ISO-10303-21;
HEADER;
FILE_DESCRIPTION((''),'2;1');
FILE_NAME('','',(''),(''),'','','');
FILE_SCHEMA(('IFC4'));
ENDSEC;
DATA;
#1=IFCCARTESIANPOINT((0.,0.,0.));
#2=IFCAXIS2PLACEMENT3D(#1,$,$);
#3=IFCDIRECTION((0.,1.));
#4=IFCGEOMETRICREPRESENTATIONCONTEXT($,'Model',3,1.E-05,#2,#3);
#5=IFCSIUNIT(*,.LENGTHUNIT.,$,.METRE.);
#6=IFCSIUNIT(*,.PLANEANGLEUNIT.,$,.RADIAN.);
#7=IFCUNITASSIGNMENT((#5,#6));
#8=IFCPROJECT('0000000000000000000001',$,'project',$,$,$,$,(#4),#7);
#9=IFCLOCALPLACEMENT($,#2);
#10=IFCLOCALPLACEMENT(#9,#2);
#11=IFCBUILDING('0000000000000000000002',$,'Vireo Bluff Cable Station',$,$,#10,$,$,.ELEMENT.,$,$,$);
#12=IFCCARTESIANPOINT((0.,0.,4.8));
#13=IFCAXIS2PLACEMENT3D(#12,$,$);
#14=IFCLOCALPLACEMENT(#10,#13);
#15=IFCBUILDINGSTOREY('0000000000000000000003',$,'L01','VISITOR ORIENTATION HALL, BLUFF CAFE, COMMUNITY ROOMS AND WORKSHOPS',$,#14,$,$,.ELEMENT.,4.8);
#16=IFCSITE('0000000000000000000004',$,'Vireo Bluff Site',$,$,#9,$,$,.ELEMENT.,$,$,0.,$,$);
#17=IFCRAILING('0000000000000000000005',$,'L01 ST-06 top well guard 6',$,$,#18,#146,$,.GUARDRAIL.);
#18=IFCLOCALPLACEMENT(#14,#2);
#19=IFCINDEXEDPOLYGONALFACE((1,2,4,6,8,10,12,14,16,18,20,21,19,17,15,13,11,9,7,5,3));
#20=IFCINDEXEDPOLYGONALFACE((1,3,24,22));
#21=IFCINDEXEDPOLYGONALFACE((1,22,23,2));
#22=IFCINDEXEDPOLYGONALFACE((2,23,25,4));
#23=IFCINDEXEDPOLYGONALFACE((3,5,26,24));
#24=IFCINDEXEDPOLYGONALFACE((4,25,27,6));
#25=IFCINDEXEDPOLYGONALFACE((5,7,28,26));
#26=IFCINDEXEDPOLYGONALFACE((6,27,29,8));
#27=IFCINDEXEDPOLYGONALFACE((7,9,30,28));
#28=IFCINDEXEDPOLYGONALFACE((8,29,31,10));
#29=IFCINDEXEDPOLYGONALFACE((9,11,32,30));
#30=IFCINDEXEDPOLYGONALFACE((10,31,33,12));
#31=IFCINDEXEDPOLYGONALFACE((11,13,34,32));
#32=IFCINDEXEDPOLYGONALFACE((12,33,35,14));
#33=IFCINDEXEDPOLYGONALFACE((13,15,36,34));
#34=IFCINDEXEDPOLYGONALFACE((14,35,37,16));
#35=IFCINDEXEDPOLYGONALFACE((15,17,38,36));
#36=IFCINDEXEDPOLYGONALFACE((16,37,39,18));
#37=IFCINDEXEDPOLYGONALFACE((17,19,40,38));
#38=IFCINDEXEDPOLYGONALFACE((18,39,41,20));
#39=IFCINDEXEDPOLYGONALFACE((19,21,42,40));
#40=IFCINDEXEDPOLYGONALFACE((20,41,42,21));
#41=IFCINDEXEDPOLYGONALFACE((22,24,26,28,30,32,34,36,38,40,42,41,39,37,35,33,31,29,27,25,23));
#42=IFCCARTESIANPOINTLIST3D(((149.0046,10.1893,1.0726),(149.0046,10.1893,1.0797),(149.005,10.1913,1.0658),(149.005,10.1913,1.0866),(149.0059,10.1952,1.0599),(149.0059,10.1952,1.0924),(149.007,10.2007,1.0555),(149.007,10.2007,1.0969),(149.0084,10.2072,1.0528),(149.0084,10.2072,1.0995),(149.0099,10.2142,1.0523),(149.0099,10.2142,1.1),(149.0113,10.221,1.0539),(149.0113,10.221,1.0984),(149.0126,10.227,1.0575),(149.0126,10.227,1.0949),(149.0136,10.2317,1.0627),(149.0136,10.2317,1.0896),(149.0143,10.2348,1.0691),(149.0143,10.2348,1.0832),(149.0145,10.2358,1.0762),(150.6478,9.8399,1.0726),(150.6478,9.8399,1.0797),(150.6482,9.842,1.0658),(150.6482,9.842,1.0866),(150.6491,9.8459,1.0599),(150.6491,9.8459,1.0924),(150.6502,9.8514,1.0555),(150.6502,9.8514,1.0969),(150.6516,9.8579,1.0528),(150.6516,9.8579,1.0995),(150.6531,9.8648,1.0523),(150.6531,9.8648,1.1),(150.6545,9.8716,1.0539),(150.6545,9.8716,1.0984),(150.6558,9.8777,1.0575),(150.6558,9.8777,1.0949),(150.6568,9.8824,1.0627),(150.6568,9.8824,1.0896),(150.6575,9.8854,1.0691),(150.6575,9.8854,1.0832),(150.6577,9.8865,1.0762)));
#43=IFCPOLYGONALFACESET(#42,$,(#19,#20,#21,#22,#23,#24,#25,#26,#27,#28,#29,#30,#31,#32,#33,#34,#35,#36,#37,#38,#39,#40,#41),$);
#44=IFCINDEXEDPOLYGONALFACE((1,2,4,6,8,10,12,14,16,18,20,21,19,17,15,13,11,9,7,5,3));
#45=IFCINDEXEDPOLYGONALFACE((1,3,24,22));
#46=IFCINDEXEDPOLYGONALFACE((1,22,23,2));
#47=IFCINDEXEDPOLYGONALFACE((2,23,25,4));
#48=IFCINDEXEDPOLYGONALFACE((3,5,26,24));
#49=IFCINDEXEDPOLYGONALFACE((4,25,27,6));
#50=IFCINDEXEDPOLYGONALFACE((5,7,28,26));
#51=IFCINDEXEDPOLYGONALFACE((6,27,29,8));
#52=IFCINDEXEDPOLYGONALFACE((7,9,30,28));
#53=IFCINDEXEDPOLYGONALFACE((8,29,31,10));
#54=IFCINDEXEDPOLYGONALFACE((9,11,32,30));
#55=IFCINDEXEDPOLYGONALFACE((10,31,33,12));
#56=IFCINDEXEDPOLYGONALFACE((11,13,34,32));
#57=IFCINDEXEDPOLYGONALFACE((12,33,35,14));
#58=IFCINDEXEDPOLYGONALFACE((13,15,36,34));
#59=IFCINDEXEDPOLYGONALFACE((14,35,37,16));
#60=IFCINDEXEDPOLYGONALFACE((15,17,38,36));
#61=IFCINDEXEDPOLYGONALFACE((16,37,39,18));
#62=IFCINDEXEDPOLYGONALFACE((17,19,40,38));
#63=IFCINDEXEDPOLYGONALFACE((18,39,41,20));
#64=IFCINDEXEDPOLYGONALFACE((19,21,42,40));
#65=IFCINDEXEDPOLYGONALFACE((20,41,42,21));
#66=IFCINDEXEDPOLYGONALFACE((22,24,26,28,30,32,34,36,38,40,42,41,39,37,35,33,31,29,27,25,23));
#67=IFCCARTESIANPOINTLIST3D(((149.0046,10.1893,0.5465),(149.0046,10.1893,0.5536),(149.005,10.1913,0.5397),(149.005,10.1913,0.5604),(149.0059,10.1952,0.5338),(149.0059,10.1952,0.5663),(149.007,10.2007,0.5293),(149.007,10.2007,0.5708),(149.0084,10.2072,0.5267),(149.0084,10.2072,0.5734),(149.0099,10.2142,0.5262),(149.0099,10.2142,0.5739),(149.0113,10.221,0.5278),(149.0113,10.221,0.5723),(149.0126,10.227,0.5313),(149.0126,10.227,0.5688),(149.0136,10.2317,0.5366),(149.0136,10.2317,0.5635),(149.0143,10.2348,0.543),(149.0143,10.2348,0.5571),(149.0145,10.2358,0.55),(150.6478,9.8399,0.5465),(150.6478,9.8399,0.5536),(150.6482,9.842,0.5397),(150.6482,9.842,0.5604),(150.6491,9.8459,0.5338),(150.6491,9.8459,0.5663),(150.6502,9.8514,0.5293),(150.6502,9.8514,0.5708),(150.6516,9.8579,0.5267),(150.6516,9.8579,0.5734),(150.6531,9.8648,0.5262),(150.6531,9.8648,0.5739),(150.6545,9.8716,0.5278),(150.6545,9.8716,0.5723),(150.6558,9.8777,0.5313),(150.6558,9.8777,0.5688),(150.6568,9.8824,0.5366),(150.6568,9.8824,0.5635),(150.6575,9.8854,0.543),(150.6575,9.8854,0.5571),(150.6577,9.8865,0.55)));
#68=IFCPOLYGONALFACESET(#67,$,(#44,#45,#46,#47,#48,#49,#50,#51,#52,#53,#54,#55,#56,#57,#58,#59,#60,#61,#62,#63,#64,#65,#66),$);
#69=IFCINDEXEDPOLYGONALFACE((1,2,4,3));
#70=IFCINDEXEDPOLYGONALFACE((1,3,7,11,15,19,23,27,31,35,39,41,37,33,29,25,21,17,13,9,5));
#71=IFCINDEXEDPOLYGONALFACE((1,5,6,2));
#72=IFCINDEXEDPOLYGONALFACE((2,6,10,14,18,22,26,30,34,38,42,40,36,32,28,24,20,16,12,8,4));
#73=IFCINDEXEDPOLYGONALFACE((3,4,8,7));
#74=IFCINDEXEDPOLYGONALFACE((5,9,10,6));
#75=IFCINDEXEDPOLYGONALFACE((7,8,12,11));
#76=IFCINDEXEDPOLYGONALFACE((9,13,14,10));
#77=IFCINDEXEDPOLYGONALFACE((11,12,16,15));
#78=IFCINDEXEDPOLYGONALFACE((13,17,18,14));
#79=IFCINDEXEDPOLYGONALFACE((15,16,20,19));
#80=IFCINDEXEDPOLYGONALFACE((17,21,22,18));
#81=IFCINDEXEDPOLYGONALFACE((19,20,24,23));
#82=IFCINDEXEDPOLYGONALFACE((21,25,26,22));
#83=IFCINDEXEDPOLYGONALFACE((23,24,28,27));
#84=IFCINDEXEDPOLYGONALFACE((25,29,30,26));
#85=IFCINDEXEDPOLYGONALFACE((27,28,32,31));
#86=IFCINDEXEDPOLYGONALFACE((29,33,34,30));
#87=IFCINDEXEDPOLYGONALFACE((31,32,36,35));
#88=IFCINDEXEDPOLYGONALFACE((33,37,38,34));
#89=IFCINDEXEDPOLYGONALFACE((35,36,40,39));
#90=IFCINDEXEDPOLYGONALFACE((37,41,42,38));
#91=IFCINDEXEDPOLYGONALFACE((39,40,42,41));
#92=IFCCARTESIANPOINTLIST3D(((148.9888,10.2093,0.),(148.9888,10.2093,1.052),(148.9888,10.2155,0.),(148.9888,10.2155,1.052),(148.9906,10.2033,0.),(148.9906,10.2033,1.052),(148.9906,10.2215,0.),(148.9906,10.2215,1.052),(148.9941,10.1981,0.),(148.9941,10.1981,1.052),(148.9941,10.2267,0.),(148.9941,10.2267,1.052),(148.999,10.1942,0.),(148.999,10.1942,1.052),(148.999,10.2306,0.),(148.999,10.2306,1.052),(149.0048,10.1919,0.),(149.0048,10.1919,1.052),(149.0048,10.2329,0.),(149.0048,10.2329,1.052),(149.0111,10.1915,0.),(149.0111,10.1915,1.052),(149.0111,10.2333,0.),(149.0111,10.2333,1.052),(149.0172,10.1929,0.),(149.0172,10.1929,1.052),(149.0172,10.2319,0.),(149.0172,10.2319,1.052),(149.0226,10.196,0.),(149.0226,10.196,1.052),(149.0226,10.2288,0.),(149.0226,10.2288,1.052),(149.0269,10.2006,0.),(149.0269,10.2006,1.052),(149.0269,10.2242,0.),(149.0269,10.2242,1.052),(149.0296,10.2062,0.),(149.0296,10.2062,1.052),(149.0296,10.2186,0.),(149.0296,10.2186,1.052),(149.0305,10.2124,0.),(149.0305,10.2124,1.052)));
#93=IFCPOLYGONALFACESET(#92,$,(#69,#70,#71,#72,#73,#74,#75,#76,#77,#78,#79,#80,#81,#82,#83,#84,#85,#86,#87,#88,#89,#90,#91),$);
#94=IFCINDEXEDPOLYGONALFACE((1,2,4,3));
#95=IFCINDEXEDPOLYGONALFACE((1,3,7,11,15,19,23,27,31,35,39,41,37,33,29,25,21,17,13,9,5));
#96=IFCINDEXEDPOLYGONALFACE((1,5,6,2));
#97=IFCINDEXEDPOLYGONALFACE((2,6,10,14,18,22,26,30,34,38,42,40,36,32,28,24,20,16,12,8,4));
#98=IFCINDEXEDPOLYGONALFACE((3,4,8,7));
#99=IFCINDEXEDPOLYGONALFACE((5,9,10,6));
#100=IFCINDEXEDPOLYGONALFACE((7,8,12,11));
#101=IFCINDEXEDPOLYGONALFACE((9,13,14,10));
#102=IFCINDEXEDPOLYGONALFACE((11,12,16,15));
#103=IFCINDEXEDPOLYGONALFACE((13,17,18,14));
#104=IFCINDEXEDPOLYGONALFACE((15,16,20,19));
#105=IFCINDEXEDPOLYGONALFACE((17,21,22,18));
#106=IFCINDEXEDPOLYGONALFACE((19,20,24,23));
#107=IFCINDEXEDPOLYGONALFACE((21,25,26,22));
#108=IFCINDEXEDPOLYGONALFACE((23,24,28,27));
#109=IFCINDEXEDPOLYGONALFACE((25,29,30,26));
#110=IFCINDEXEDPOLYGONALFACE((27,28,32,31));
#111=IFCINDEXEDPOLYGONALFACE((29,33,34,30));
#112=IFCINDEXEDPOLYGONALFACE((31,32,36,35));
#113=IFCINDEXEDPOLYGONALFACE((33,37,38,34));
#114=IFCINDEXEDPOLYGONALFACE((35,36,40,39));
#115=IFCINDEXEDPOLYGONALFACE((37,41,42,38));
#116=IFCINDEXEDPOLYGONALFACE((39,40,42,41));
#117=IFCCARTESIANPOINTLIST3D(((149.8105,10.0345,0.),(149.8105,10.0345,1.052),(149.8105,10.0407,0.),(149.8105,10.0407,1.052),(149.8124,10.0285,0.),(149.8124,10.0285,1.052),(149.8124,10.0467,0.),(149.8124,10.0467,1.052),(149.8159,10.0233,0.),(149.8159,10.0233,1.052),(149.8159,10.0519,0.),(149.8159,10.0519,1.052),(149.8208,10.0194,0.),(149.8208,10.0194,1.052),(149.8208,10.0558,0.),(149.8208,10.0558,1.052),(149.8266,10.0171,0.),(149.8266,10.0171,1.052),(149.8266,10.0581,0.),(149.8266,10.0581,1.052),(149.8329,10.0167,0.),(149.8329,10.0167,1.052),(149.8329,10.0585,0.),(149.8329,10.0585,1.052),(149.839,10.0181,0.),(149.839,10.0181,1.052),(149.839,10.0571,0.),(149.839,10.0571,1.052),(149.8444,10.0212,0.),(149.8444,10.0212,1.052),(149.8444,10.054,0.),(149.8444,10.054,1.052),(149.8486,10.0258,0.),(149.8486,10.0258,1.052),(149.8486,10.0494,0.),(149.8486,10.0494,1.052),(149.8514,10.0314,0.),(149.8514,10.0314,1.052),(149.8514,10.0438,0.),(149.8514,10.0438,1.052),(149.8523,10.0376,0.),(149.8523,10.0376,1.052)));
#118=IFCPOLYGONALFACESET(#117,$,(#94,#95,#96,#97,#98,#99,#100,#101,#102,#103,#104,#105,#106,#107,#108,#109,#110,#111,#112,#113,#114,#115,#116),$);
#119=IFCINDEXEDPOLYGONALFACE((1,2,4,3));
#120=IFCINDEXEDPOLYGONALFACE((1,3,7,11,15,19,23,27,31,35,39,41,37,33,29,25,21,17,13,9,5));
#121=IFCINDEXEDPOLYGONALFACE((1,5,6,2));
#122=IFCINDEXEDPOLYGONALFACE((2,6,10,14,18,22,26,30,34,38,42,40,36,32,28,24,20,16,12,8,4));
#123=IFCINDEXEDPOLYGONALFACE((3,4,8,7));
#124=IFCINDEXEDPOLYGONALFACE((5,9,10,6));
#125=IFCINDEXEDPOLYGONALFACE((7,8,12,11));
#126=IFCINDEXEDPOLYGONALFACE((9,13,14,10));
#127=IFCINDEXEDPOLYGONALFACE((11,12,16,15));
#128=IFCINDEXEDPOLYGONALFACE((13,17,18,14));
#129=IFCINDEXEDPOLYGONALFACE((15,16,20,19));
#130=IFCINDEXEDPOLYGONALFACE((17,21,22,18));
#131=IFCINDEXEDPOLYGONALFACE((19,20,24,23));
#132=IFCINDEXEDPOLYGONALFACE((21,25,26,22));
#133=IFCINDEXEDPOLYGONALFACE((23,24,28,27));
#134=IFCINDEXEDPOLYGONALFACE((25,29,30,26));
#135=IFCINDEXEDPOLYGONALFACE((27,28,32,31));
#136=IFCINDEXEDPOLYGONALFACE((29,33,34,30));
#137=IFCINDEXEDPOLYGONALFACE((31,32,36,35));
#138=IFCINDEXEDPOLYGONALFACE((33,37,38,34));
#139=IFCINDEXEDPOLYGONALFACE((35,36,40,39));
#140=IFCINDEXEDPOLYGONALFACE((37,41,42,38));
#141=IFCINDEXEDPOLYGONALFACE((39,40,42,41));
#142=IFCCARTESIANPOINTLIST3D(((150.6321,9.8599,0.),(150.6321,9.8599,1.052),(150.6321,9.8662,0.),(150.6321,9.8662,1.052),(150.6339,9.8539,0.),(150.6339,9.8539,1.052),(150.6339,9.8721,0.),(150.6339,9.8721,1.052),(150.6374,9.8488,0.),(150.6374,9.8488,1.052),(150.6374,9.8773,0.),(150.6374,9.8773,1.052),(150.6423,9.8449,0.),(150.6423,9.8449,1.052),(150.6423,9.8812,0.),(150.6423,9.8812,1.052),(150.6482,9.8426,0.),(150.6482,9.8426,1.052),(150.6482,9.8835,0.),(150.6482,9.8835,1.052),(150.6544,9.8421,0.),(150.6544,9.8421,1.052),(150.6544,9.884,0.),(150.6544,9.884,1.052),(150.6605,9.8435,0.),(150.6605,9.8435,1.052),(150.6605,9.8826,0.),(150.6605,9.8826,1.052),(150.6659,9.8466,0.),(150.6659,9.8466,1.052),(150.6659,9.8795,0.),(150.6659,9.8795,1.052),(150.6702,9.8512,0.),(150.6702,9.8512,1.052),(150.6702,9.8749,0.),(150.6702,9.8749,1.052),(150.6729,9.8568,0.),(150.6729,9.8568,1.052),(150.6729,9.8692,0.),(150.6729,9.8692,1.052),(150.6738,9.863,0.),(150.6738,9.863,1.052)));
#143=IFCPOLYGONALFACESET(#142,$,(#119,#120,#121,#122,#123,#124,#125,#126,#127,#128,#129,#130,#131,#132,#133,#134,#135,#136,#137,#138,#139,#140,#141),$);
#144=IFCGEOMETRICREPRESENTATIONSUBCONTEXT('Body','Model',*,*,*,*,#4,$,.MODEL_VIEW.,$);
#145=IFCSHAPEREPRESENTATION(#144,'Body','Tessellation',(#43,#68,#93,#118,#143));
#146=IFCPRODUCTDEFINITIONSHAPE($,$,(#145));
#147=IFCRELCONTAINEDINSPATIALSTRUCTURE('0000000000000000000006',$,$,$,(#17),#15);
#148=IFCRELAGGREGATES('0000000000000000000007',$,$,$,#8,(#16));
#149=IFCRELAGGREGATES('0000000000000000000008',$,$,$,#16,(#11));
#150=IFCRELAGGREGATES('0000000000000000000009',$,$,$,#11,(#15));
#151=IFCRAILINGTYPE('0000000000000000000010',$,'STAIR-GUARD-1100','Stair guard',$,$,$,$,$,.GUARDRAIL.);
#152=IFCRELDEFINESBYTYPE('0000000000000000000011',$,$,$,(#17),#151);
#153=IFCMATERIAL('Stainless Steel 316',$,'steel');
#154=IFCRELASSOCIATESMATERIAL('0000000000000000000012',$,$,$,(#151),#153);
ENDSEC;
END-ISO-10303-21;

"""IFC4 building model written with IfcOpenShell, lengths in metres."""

from ifc_helpers import new_model, si_unit, direction, frame, origin, origin_2d, place, context, subcontext, project, spatial, circle, extrude, material, type_object, element, save


model = new_model("IFC4")

# Units and contexts
model_context = context("Model", 3, precision=1e-05, world=origin(), true_north=direction((0.0, 1.0)))
body_context = subcontext(model_context, "Body", "Model", "MODEL_VIEW")
ifc_project = project(units=[si_unit("LENGTHUNIT", "METRE"), si_unit("PLANEANGLEUNIT", "RADIAN")], contexts=[model_context])

# Site, building, storey
site_placement = place(None, origin())
site = spatial("IfcSite", under=ifc_project, at=site_placement, Name="Vireo Bluff Site", CompositionType="ELEMENT", RefElevation=0.0)
building_placement = place(site_placement, origin())
building = spatial("IfcBuilding", under=site, at=building_placement, Name="Vireo Bluff Cable Station", CompositionType="ELEMENT")
storey_placement = place(building_placement, frame((0.0, 0.0, 4.8)))
storey = spatial("IfcBuildingStorey", under=building, at=storey_placement, Name="L01", Description="VISITOR ORIENTATION HALL, BLUFF CAFE, COMMUNITY ROOMS AND WORKSHOPS", CompositionType="ELEMENT", Elevation=4.8)

# Railing
ifc_material_1 = material(Name="Stainless Steel 316", Category="steel")
railing_type = type_object("IfcRailingType", Name="STAIR-GUARD-1100", Description="Stair guard", PredefinedType="GUARDRAIL", material=ifc_material_1)
railing_placement = place(storey_placement, frame((149.0095, 10.2124, 0.0)))
element("IfcRailing", 1, at=railing_placement, inside=storey, type_object=railing_type, Name="L01 ST-06 top well guard 6", PredefinedType="GUARDRAIL", context=body_context, shape_type="SweptSolid", body=[
    extrude(circle(Radius=0.0239, at=origin_2d()), frame((0.0, 0.0, 1.0762), z_axis=(0.978139, -0.207951, 0.0), x_axis=(0.207951, 0.978139, 0.0)), (0.0, 0.0, 1.0), 1.6799),
    extrude(circle(Radius=0.0239, at=origin_2d()), frame((0.0, 0.0, 0.55), z_axis=(0.978139, -0.207951, 0.0), x_axis=(0.207951, 0.978139, 0.0)), (0.0, 0.0, 1.0), 1.6799),
    extrude(circle(Radius=0.021, at=origin_2d()), origin(), (0.0, 0.0, 1.0), 1.052),
    extrude(circle(Radius=0.021, at=origin_2d()), frame((0.8218, -0.1748, 0.0)), (0.0, 0.0, 1.0), 1.052),
    extrude(circle(Radius=0.021, at=origin_2d()), frame((1.6433, -0.3494, 0.0)), (0.0, 0.0, 1.0), 1.052),
])

save(model, "model.ifc")
